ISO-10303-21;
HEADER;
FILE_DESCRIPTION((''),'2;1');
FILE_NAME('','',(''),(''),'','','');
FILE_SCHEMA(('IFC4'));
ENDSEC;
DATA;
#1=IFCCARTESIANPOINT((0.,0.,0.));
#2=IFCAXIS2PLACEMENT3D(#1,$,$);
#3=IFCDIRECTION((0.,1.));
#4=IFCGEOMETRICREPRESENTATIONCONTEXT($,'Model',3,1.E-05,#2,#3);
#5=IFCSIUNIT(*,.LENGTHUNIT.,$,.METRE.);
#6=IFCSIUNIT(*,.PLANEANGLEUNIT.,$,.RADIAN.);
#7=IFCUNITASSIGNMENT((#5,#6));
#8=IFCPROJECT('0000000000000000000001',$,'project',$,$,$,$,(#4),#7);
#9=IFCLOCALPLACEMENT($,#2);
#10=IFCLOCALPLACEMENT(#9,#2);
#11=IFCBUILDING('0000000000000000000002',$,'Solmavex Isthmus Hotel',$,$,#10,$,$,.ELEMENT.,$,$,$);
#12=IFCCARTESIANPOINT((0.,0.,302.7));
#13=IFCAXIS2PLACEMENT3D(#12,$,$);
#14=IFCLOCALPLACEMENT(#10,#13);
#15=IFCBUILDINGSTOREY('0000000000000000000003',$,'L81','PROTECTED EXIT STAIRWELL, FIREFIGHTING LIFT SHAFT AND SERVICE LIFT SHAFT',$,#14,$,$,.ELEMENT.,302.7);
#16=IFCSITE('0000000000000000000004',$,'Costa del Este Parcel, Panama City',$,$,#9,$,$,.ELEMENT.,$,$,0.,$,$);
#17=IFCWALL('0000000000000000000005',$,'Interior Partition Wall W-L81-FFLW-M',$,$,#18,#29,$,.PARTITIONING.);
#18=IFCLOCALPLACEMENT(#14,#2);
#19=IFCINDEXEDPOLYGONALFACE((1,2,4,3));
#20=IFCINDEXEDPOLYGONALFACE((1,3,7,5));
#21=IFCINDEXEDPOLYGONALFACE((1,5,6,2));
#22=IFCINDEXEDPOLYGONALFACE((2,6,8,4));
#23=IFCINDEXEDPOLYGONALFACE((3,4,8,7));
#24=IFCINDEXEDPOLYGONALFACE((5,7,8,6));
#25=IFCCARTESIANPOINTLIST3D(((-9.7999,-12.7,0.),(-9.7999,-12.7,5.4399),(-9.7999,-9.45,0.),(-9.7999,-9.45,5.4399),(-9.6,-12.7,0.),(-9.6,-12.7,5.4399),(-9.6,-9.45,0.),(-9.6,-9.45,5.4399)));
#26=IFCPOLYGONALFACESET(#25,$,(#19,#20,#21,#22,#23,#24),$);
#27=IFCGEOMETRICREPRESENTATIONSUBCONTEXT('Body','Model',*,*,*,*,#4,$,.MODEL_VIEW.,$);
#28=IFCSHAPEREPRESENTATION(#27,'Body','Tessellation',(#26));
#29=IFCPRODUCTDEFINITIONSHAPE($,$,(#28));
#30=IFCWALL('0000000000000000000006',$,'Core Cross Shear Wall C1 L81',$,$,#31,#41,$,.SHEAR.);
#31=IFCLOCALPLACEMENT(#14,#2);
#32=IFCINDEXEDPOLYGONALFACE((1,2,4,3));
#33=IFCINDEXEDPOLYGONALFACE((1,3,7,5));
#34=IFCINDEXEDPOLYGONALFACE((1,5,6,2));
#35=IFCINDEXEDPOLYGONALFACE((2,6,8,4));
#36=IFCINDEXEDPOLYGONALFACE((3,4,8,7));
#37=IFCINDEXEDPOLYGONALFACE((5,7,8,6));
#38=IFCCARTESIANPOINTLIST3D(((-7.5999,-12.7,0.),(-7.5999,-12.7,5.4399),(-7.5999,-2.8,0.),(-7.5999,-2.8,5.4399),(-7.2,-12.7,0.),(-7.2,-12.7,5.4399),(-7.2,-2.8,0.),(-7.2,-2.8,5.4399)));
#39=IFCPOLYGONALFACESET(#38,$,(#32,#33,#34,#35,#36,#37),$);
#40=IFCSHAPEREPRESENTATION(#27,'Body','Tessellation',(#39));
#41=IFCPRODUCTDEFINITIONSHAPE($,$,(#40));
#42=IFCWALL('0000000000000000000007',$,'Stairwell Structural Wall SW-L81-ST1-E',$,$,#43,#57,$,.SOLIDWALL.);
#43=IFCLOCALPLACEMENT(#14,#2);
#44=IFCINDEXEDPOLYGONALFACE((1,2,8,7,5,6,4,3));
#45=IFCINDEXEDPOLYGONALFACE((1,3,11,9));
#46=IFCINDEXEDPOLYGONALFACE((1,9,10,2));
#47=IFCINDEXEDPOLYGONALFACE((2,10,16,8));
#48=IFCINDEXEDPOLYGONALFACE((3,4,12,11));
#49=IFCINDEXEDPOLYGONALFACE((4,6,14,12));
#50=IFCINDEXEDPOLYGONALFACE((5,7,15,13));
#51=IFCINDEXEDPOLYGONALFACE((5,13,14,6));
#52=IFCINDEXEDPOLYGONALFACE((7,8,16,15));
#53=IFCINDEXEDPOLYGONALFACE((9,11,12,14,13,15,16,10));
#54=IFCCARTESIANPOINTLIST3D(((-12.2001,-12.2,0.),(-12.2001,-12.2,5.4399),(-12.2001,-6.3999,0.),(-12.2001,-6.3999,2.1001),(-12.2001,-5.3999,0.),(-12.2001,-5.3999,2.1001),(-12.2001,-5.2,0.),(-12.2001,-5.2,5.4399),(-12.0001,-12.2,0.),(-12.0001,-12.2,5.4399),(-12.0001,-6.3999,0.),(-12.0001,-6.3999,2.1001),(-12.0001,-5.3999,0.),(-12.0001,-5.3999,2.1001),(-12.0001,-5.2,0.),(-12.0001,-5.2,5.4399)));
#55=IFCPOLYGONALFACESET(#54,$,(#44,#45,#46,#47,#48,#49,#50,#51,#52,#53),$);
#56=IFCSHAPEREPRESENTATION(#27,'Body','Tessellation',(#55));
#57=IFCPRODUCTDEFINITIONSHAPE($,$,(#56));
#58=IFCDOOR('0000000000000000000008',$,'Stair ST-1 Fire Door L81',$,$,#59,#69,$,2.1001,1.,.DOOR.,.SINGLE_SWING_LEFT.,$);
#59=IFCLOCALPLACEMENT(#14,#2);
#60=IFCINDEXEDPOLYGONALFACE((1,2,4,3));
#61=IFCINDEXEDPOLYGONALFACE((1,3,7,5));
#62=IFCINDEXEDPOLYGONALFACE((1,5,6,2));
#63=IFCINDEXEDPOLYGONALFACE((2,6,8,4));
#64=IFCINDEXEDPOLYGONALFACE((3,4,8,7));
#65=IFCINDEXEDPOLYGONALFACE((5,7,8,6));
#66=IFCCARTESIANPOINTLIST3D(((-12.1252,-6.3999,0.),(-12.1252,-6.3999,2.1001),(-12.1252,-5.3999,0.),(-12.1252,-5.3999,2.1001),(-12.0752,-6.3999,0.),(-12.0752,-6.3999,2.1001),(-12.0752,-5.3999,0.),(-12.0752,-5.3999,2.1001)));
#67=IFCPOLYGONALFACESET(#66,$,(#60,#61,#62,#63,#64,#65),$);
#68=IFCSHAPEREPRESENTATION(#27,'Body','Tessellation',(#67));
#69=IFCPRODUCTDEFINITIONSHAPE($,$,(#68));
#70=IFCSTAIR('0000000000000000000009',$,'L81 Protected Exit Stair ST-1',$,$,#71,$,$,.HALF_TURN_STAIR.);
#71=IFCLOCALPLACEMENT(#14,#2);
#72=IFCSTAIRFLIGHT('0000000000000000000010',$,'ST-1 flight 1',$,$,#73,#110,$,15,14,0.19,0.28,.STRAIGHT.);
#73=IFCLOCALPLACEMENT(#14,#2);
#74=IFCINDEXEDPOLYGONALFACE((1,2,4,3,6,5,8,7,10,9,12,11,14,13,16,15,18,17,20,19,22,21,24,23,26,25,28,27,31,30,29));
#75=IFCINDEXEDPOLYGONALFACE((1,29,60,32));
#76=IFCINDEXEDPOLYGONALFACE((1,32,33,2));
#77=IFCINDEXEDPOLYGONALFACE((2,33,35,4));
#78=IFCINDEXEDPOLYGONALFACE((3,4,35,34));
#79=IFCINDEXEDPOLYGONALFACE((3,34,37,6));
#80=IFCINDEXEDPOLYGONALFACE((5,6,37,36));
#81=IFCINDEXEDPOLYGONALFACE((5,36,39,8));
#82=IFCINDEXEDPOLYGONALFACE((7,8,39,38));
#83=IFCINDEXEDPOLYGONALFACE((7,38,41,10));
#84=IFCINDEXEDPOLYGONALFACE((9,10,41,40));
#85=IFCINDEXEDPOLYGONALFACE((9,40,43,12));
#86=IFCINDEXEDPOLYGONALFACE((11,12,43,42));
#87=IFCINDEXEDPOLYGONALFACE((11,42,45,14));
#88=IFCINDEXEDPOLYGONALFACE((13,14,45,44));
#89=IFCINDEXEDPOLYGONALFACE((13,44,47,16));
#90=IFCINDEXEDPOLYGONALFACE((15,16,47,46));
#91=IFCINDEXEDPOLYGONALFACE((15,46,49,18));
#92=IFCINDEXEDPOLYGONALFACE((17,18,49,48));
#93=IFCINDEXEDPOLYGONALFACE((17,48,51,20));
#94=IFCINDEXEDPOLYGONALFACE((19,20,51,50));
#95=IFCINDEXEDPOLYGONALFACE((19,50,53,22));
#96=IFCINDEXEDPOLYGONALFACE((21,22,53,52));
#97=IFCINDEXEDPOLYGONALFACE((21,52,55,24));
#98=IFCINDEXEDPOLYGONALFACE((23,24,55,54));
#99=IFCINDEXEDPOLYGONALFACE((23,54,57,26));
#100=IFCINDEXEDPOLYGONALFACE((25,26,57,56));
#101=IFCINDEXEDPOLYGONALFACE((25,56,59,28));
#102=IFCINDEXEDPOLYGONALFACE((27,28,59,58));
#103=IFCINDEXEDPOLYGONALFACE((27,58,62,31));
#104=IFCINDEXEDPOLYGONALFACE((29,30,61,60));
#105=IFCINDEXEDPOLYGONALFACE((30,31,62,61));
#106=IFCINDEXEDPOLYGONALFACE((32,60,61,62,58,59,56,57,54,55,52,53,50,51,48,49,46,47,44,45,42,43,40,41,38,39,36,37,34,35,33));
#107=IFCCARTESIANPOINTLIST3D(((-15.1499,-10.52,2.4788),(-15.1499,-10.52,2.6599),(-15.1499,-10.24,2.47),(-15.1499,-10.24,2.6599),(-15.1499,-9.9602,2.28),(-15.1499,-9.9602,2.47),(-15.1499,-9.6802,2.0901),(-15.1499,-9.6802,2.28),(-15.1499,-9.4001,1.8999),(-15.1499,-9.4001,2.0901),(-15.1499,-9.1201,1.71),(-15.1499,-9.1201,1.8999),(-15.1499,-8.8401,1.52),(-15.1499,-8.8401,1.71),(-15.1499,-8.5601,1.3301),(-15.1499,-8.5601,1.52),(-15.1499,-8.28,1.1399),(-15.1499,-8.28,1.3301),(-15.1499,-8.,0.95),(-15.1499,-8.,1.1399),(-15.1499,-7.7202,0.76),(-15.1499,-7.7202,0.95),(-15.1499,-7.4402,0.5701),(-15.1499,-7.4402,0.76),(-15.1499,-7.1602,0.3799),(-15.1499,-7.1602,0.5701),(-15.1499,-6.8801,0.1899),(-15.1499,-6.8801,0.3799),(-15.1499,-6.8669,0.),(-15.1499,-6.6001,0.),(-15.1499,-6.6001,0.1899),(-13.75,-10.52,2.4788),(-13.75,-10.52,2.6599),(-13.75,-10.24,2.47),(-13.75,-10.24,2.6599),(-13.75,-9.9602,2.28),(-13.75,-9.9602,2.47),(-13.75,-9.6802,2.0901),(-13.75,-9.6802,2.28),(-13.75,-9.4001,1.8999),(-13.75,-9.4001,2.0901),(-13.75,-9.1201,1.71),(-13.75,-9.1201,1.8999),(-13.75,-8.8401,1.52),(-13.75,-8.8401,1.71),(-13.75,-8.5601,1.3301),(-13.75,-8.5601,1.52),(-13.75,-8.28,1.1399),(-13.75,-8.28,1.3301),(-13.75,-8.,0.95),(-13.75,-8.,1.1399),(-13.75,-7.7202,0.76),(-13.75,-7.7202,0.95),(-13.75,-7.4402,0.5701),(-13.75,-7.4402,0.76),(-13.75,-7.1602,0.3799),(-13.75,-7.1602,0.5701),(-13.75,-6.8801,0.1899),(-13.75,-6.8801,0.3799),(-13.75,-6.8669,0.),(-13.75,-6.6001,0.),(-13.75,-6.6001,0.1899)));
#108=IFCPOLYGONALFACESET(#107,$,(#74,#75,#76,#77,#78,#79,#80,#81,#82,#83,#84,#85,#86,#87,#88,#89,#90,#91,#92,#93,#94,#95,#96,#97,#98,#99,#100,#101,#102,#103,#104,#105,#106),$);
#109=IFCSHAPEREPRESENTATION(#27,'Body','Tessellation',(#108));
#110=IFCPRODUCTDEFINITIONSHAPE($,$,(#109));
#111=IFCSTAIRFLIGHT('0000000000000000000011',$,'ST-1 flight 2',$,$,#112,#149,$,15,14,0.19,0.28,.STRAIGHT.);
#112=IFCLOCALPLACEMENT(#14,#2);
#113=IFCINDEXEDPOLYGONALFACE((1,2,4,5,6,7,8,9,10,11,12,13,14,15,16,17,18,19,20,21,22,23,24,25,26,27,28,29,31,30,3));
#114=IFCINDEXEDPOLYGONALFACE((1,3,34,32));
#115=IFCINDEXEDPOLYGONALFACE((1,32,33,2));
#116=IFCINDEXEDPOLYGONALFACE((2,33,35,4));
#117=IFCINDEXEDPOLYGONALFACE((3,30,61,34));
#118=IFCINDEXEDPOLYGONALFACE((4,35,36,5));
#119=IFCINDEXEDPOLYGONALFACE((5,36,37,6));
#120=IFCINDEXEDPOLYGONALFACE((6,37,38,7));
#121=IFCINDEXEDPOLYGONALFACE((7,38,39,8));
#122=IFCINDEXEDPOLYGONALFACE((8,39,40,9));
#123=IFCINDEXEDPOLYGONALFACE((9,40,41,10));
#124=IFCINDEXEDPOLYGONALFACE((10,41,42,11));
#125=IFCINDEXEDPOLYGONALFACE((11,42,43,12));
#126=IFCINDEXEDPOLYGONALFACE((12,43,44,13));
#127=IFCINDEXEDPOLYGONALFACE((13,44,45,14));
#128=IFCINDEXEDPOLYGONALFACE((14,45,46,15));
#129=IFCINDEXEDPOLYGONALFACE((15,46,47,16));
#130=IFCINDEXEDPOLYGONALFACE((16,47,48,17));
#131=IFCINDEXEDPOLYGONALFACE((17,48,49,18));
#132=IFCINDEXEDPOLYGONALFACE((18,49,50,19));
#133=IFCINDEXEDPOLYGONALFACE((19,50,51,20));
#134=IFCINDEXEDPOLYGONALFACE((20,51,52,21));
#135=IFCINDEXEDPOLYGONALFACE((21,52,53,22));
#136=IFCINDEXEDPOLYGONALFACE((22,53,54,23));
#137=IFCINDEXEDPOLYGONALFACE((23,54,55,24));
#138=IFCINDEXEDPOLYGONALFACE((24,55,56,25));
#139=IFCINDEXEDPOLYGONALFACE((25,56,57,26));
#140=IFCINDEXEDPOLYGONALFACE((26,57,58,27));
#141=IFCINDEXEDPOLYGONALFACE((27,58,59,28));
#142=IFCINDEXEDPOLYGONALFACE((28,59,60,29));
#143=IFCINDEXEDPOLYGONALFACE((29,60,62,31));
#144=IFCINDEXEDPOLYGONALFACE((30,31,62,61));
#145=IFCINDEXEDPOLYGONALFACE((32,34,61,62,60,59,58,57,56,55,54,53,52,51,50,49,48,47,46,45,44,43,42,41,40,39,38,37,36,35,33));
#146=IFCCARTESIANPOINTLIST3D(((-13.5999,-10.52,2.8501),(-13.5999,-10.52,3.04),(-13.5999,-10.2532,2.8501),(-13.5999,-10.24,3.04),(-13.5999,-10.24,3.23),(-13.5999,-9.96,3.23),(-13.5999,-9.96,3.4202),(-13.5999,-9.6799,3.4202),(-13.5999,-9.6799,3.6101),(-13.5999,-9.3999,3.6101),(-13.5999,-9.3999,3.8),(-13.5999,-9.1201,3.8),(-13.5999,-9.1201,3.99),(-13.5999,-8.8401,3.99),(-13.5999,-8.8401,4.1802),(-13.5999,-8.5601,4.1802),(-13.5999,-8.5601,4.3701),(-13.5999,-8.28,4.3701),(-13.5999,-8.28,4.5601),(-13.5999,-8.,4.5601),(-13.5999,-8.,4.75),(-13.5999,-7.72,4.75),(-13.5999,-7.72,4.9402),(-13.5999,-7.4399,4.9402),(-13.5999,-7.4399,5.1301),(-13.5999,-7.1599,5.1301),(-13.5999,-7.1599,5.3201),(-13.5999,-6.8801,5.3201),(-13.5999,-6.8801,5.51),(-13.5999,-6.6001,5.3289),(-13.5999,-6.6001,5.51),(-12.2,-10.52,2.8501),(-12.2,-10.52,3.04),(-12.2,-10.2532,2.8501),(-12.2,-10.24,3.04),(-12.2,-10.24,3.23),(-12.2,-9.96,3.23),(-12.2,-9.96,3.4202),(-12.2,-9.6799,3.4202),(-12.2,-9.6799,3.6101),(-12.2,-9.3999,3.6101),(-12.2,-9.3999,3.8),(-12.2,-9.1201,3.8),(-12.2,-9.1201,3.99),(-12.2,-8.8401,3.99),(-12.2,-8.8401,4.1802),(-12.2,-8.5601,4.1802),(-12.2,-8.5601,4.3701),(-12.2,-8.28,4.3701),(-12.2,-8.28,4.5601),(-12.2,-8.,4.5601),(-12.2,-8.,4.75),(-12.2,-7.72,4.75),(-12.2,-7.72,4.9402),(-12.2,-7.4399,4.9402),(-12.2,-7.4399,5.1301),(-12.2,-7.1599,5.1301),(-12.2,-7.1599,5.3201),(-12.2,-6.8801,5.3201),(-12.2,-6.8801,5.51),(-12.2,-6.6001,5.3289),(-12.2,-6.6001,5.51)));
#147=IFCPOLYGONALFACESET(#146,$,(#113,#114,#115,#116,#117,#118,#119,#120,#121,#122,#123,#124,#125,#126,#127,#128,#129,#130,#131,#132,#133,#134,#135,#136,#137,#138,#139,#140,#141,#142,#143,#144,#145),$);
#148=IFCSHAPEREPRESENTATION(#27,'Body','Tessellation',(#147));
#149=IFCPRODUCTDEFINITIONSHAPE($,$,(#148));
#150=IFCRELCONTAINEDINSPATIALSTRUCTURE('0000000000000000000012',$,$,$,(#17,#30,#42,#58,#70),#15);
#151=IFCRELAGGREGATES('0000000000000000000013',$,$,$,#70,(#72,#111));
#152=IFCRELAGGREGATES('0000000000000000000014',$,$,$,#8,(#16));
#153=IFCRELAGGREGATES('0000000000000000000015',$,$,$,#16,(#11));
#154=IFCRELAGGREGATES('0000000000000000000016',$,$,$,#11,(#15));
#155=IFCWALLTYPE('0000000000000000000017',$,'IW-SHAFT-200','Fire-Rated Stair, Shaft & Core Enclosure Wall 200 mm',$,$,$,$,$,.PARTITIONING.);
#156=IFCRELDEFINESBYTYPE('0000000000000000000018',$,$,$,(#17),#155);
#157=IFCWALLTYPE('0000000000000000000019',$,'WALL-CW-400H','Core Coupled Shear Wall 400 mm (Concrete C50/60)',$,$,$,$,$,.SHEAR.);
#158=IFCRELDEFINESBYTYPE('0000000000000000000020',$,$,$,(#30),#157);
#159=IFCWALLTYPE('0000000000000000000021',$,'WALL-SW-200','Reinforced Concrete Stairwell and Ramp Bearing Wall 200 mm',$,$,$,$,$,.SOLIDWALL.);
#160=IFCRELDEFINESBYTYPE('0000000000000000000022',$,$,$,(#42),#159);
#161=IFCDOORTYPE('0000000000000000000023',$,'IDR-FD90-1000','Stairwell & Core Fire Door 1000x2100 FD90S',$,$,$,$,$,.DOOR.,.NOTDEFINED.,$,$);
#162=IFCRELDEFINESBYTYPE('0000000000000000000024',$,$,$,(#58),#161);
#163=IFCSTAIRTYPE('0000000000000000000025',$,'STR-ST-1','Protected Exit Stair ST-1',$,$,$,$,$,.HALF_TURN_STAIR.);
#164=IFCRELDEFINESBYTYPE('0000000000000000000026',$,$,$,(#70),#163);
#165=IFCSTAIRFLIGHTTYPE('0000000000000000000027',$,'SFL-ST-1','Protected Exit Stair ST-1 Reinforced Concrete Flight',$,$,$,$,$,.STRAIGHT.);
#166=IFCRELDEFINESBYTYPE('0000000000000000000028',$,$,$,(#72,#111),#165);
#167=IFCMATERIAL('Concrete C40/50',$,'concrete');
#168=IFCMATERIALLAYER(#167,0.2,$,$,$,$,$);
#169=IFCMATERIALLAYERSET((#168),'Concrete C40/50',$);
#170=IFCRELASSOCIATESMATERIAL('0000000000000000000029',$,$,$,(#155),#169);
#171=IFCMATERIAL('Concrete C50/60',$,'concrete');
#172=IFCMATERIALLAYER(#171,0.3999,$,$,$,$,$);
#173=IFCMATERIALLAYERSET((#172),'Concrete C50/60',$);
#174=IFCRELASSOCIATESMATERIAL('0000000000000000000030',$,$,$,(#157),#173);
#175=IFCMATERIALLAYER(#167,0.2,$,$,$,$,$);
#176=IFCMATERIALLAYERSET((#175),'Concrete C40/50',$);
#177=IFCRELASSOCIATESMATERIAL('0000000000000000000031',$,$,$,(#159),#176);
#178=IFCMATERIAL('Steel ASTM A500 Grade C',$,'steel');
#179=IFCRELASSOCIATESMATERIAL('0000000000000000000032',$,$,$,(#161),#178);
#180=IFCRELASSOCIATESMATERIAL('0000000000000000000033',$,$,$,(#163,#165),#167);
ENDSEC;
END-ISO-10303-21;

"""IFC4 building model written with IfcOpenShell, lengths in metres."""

from ifc_helpers import new_model, si_unit, direction, frame, frame_2d, origin, place, context, subcontext, project, spatial, polyline, rectangle, outline, extrude, material, layer, layer_set, type_object, element, fill, aggregate, save


model = new_model("IFC4")

# Units and contexts
model_context = context("Model", 3, precision=1e-05, world=origin(), true_north=direction((0.0, 1.0)))
body_context = subcontext(model_context, "Body", "Model", "MODEL_VIEW")
ifc_project = project(units=[si_unit("LENGTHUNIT", "METRE"), si_unit("PLANEANGLEUNIT", "RADIAN")], contexts=[model_context])

# Site, building, storey
site_placement = place(None, origin())
site = spatial("IfcSite", under=ifc_project, at=site_placement, Name="Costa del Este Parcel, Panama City", CompositionType="ELEMENT", RefElevation=0.0)
building_placement = place(site_placement, origin())
building = spatial("IfcBuilding", under=site, at=building_placement, Name="Solmavex Isthmus Hotel", CompositionType="ELEMENT")
storey_placement = place(building_placement, frame((0.0, 0.0, 302.7)))
storey = spatial("IfcBuildingStorey", under=building, at=storey_placement, Name="L81", Description="PROTECTED EXIT STAIRWELL, FIREFIGHTING LIFT SHAFT AND SERVICE LIFT SHAFT", CompositionType="ELEMENT", Elevation=302.7)

# Shared definitions
ifc_material_1 = material(Name="Concrete C50/60", Category="concrete")

# Shared definitions
ifc_material_2 = material(Name="Concrete C40/50", Category="concrete")
ifc_layer_1 = layer(ifc_material_2, 0.2)
ifc_layer_set_1 = layer_set([ifc_layer_1], Name="Concrete C40/50")
wall_type_1 = type_object("IfcWallType", Name="IW-SHAFT-200", Description="Fire-Rated Stair, Shaft & Core Enclosure Wall 200 mm", PredefinedType="PARTITIONING", material=ifc_layer_set_1)
ifc_material_3 = material(Name="Steel ASTM A500 Grade C", Category="steel")

# Walls
wall_1_placement = place(storey_placement, frame((-9.7, -12.7, 0.0), z_axis=(0.0, 0.0, 1.0), x_axis=(0.0, 1.0, 0.0)))
element("IfcWall", 1, at=wall_1_placement, inside=storey, type_object=wall_type_1, Name="Interior Partition Wall W-L81-FFLW-M", PredefinedType="PARTITIONING", context=body_context, shape_type="SweptSolid", body=[
    extrude(rectangle(XDim=3.25, YDim=0.2, at=frame_2d((1.625, 0.0))), origin(), (0.0, 0.0, 1.0), 5.4399),
])
ifc_layer_2 = layer(ifc_material_1, 0.3999)
ifc_layer_set_2 = layer_set([ifc_layer_2], Name="Concrete C50/60")
wall_type_2 = type_object("IfcWallType", Name="WALL-CW-400H", Description="Core Coupled Shear Wall 400 mm (Concrete C50/60)", PredefinedType="SHEAR", material=ifc_layer_set_2)
wall_2_placement = place(storey_placement, frame((-7.3999, -12.7, 0.0), z_axis=(0.0, 0.0, 1.0), x_axis=(0.0, 1.0, 0.0)))
element("IfcWall", 2, at=wall_2_placement, inside=storey, type_object=wall_type_2, Name="Core Cross Shear Wall C1 L81", PredefinedType="SHEAR", context=body_context, shape_type="SweptSolid", body=[
    extrude(rectangle(XDim=9.8999, YDim=0.3999, at=frame_2d((4.95, 0.0))), origin(), (0.0, 0.0, 1.0), 5.4399),
])

# Wall, opening, door
ifc_layer_3 = layer(ifc_material_2, 0.2)
ifc_layer_set_3 = layer_set([ifc_layer_3], Name="Concrete C40/50")
wall_type_3 = type_object("IfcWallType", Name="WALL-SW-200", Description="Reinforced Concrete Stairwell and Ramp Bearing Wall 200 mm", PredefinedType="SOLIDWALL", material=ifc_layer_set_3)
wall_3_placement = place(storey_placement, frame((-12.1001, -12.2, 0.0), z_axis=(0.0, 0.0, 1.0), x_axis=(0.0, 1.0, 0.0)))
wall_3 = element("IfcWall", 3, at=wall_3_placement, inside=storey, type_object=wall_type_3, Name="Stairwell Structural Wall SW-L81-ST1-E", PredefinedType="SOLIDWALL", context=body_context, shape_type="SweptSolid", body=[
    extrude(rectangle(XDim=7.0, YDim=0.2, at=frame_2d((3.5, 0.0))), origin(), (0.0, 0.0, 1.0), 5.4399),
])
opening_1_placement = place(wall_3_placement, frame((5.8, 0.0, 0.0)))
opening_1 = element("IfcOpeningElement", 4, at=opening_1_placement, cuts=wall_3, PredefinedType="OPENING", context=body_context, shape_type="SweptSolid", body=[
    extrude(rectangle(XDim=1.0, YDim=2.1001, at=frame_2d((0.5, 1.05))), frame((0.0, 0.1099, 0.0), z_axis=(0.0, -1.0, 0.0), x_axis=(1.0, 0.0, 0.0)), (0.0, 0.0, 1.0), 0.22),
])
door_type_1 = type_object("IfcDoorType", Name="IDR-FD90-1000", Description="Stairwell & Core Fire Door 1000x2100 FD90S", OperationType="NOTDEFINED", PredefinedType="DOOR", material=ifc_material_3)
door_1_placement = place(opening_1_placement, frame((1.0, 0.0, 0.0), z_axis=(0.0, 0.0, 1.0), x_axis=(-1.0, 0.0, 0.0)))
door_1 = element("IfcDoor", 5, at=door_1_placement, inside=storey, type_object=door_type_1, Name="Stair ST-1 Fire Door L81", OperationType="SINGLE_SWING_LEFT", OverallHeight=2.1001, OverallWidth=1.0, PredefinedType="DOOR", context=body_context, shape_type="SweptSolid", body=[
    extrude(rectangle(XDim=1.0, YDim=2.1001, at=frame_2d((0.5, 1.05))), frame((0.0, 0.0249, 0.0), z_axis=(0.0, -1.0, 0.0), x_axis=(1.0, 0.0, 0.0)), (0.0, 0.0, 1.0), 0.05),
])
fill(opening_1, door_1)

# Stair, stair flights
stair_type = type_object("IfcStairType", Name="STR-ST-1", Description="Protected Exit Stair ST-1", PredefinedType="HALF_TURN_STAIR", material=ifc_material_2)
stair_placement = place(storey_placement, origin())
stair = element("IfcStair", 6, at=stair_placement, inside=storey, type_object=stair_type, Name="L81 Protected Exit Stair ST-1", PredefinedType="HALF_TURN_STAIR")
stair_flight_type = type_object("IfcStairFlightType", Name="SFL-ST-1", Description="Protected Exit Stair ST-1 Reinforced Concrete Flight", PredefinedType="STRAIGHT", material=ifc_material_2)
stair_flight_1_placement = place(storey_placement, frame((-14.45, -6.6001, 0.0), z_axis=(0.0, 0.0, 1.0), x_axis=(0.0, -1.0, 0.0)))
stair_flight_1 = element("IfcStairFlight", 7, at=stair_flight_1_placement, type_object=stair_flight_type, Name="ST-1 flight 1", NumberOfRisers=15, NumberOfTreads=14, PredefinedType="STRAIGHT", RiserHeight=0.19, TreadLength=0.28, context=body_context, shape_type="SweptSolid", body=[
    extrude(outline(polyline([(0.0, 0.0), (0.0, 0.1899), (0.28, 0.1899), (0.28, 0.3799), (0.5601, 0.3799), (0.5601, 0.5701), (0.8401, 0.5701), (0.8401, 0.76), (1.1201, 0.76), (1.1201, 0.95), (1.3999, 0.95), (1.3999, 1.1399), (1.6799, 1.1399), (1.6799, 1.3301), (1.96, 1.3301), (1.96, 1.52), (2.24, 1.52), (2.24, 1.71), (2.52, 1.71), (2.52, 1.8999), (2.8, 1.8999), (2.8, 2.0901), (3.0801, 2.0901), (3.0801, 2.28), (3.3601, 2.28), (3.3601, 2.47), (3.6399, 2.47), (3.6399, 2.6599), (3.9199, 2.6599), (3.9199, 2.8501), (3.9199, 2.4788), (0.2668, 0.0), (0.0, 0.0)])), frame((0.0, 0.7, 0.0), z_axis=(0.0, -1.0, 0.0), x_axis=(1.0, 0.0, 0.0)), (0.0, 0.0, 1.0), 1.3999),
])
stair_flight_2_placement = place(storey_placement, frame((-12.8999, -10.52, 2.8501), z_axis=(0.0, 0.0, 1.0), x_axis=(0.0, 1.0, 0.0)))
stair_flight_2 = element("IfcStairFlight", 8, at=stair_flight_2_placement, type_object=stair_flight_type, Name="ST-1 flight 2", NumberOfRisers=15, NumberOfTreads=14, PredefinedType="STRAIGHT", RiserHeight=0.19, TreadLength=0.28, context=body_context, shape_type="SweptSolid", body=[
    extrude(outline(polyline([(0.0, 0.0), (0.0, 0.1899), (0.28, 0.1899), (0.28, 0.3799), (0.5601, 0.3799), (0.5601, 0.5701), (0.8401, 0.5701), (0.8401, 0.76), (1.1201, 0.76), (1.1201, 0.95), (1.3999, 0.95), (1.3999, 1.1399), (1.6799, 1.1399), (1.6799, 1.3301), (1.96, 1.3301), (1.96, 1.52), (2.24, 1.52), (2.24, 1.71), (2.52, 1.71), (2.52, 1.8999), (2.8, 1.8999), (2.8, 2.0901), (3.0801, 2.0901), (3.0801, 2.28), (3.3601, 2.28), (3.3601, 2.47), (3.6399, 2.47), (3.6399, 2.6599), (3.9199, 2.6599), (3.9199, 2.8501), (3.9199, 2.4788), (0.2668, 0.0), (0.0, 0.0)])), frame((0.0, 0.7, 0.0), z_axis=(0.0, -1.0, 0.0), x_axis=(1.0, 0.0, 0.0)), (0.0, 0.0, 1.0), 1.3999),
])
aggregate(stair, [stair_flight_1, stair_flight_2])

save(model, "model.ifc")
